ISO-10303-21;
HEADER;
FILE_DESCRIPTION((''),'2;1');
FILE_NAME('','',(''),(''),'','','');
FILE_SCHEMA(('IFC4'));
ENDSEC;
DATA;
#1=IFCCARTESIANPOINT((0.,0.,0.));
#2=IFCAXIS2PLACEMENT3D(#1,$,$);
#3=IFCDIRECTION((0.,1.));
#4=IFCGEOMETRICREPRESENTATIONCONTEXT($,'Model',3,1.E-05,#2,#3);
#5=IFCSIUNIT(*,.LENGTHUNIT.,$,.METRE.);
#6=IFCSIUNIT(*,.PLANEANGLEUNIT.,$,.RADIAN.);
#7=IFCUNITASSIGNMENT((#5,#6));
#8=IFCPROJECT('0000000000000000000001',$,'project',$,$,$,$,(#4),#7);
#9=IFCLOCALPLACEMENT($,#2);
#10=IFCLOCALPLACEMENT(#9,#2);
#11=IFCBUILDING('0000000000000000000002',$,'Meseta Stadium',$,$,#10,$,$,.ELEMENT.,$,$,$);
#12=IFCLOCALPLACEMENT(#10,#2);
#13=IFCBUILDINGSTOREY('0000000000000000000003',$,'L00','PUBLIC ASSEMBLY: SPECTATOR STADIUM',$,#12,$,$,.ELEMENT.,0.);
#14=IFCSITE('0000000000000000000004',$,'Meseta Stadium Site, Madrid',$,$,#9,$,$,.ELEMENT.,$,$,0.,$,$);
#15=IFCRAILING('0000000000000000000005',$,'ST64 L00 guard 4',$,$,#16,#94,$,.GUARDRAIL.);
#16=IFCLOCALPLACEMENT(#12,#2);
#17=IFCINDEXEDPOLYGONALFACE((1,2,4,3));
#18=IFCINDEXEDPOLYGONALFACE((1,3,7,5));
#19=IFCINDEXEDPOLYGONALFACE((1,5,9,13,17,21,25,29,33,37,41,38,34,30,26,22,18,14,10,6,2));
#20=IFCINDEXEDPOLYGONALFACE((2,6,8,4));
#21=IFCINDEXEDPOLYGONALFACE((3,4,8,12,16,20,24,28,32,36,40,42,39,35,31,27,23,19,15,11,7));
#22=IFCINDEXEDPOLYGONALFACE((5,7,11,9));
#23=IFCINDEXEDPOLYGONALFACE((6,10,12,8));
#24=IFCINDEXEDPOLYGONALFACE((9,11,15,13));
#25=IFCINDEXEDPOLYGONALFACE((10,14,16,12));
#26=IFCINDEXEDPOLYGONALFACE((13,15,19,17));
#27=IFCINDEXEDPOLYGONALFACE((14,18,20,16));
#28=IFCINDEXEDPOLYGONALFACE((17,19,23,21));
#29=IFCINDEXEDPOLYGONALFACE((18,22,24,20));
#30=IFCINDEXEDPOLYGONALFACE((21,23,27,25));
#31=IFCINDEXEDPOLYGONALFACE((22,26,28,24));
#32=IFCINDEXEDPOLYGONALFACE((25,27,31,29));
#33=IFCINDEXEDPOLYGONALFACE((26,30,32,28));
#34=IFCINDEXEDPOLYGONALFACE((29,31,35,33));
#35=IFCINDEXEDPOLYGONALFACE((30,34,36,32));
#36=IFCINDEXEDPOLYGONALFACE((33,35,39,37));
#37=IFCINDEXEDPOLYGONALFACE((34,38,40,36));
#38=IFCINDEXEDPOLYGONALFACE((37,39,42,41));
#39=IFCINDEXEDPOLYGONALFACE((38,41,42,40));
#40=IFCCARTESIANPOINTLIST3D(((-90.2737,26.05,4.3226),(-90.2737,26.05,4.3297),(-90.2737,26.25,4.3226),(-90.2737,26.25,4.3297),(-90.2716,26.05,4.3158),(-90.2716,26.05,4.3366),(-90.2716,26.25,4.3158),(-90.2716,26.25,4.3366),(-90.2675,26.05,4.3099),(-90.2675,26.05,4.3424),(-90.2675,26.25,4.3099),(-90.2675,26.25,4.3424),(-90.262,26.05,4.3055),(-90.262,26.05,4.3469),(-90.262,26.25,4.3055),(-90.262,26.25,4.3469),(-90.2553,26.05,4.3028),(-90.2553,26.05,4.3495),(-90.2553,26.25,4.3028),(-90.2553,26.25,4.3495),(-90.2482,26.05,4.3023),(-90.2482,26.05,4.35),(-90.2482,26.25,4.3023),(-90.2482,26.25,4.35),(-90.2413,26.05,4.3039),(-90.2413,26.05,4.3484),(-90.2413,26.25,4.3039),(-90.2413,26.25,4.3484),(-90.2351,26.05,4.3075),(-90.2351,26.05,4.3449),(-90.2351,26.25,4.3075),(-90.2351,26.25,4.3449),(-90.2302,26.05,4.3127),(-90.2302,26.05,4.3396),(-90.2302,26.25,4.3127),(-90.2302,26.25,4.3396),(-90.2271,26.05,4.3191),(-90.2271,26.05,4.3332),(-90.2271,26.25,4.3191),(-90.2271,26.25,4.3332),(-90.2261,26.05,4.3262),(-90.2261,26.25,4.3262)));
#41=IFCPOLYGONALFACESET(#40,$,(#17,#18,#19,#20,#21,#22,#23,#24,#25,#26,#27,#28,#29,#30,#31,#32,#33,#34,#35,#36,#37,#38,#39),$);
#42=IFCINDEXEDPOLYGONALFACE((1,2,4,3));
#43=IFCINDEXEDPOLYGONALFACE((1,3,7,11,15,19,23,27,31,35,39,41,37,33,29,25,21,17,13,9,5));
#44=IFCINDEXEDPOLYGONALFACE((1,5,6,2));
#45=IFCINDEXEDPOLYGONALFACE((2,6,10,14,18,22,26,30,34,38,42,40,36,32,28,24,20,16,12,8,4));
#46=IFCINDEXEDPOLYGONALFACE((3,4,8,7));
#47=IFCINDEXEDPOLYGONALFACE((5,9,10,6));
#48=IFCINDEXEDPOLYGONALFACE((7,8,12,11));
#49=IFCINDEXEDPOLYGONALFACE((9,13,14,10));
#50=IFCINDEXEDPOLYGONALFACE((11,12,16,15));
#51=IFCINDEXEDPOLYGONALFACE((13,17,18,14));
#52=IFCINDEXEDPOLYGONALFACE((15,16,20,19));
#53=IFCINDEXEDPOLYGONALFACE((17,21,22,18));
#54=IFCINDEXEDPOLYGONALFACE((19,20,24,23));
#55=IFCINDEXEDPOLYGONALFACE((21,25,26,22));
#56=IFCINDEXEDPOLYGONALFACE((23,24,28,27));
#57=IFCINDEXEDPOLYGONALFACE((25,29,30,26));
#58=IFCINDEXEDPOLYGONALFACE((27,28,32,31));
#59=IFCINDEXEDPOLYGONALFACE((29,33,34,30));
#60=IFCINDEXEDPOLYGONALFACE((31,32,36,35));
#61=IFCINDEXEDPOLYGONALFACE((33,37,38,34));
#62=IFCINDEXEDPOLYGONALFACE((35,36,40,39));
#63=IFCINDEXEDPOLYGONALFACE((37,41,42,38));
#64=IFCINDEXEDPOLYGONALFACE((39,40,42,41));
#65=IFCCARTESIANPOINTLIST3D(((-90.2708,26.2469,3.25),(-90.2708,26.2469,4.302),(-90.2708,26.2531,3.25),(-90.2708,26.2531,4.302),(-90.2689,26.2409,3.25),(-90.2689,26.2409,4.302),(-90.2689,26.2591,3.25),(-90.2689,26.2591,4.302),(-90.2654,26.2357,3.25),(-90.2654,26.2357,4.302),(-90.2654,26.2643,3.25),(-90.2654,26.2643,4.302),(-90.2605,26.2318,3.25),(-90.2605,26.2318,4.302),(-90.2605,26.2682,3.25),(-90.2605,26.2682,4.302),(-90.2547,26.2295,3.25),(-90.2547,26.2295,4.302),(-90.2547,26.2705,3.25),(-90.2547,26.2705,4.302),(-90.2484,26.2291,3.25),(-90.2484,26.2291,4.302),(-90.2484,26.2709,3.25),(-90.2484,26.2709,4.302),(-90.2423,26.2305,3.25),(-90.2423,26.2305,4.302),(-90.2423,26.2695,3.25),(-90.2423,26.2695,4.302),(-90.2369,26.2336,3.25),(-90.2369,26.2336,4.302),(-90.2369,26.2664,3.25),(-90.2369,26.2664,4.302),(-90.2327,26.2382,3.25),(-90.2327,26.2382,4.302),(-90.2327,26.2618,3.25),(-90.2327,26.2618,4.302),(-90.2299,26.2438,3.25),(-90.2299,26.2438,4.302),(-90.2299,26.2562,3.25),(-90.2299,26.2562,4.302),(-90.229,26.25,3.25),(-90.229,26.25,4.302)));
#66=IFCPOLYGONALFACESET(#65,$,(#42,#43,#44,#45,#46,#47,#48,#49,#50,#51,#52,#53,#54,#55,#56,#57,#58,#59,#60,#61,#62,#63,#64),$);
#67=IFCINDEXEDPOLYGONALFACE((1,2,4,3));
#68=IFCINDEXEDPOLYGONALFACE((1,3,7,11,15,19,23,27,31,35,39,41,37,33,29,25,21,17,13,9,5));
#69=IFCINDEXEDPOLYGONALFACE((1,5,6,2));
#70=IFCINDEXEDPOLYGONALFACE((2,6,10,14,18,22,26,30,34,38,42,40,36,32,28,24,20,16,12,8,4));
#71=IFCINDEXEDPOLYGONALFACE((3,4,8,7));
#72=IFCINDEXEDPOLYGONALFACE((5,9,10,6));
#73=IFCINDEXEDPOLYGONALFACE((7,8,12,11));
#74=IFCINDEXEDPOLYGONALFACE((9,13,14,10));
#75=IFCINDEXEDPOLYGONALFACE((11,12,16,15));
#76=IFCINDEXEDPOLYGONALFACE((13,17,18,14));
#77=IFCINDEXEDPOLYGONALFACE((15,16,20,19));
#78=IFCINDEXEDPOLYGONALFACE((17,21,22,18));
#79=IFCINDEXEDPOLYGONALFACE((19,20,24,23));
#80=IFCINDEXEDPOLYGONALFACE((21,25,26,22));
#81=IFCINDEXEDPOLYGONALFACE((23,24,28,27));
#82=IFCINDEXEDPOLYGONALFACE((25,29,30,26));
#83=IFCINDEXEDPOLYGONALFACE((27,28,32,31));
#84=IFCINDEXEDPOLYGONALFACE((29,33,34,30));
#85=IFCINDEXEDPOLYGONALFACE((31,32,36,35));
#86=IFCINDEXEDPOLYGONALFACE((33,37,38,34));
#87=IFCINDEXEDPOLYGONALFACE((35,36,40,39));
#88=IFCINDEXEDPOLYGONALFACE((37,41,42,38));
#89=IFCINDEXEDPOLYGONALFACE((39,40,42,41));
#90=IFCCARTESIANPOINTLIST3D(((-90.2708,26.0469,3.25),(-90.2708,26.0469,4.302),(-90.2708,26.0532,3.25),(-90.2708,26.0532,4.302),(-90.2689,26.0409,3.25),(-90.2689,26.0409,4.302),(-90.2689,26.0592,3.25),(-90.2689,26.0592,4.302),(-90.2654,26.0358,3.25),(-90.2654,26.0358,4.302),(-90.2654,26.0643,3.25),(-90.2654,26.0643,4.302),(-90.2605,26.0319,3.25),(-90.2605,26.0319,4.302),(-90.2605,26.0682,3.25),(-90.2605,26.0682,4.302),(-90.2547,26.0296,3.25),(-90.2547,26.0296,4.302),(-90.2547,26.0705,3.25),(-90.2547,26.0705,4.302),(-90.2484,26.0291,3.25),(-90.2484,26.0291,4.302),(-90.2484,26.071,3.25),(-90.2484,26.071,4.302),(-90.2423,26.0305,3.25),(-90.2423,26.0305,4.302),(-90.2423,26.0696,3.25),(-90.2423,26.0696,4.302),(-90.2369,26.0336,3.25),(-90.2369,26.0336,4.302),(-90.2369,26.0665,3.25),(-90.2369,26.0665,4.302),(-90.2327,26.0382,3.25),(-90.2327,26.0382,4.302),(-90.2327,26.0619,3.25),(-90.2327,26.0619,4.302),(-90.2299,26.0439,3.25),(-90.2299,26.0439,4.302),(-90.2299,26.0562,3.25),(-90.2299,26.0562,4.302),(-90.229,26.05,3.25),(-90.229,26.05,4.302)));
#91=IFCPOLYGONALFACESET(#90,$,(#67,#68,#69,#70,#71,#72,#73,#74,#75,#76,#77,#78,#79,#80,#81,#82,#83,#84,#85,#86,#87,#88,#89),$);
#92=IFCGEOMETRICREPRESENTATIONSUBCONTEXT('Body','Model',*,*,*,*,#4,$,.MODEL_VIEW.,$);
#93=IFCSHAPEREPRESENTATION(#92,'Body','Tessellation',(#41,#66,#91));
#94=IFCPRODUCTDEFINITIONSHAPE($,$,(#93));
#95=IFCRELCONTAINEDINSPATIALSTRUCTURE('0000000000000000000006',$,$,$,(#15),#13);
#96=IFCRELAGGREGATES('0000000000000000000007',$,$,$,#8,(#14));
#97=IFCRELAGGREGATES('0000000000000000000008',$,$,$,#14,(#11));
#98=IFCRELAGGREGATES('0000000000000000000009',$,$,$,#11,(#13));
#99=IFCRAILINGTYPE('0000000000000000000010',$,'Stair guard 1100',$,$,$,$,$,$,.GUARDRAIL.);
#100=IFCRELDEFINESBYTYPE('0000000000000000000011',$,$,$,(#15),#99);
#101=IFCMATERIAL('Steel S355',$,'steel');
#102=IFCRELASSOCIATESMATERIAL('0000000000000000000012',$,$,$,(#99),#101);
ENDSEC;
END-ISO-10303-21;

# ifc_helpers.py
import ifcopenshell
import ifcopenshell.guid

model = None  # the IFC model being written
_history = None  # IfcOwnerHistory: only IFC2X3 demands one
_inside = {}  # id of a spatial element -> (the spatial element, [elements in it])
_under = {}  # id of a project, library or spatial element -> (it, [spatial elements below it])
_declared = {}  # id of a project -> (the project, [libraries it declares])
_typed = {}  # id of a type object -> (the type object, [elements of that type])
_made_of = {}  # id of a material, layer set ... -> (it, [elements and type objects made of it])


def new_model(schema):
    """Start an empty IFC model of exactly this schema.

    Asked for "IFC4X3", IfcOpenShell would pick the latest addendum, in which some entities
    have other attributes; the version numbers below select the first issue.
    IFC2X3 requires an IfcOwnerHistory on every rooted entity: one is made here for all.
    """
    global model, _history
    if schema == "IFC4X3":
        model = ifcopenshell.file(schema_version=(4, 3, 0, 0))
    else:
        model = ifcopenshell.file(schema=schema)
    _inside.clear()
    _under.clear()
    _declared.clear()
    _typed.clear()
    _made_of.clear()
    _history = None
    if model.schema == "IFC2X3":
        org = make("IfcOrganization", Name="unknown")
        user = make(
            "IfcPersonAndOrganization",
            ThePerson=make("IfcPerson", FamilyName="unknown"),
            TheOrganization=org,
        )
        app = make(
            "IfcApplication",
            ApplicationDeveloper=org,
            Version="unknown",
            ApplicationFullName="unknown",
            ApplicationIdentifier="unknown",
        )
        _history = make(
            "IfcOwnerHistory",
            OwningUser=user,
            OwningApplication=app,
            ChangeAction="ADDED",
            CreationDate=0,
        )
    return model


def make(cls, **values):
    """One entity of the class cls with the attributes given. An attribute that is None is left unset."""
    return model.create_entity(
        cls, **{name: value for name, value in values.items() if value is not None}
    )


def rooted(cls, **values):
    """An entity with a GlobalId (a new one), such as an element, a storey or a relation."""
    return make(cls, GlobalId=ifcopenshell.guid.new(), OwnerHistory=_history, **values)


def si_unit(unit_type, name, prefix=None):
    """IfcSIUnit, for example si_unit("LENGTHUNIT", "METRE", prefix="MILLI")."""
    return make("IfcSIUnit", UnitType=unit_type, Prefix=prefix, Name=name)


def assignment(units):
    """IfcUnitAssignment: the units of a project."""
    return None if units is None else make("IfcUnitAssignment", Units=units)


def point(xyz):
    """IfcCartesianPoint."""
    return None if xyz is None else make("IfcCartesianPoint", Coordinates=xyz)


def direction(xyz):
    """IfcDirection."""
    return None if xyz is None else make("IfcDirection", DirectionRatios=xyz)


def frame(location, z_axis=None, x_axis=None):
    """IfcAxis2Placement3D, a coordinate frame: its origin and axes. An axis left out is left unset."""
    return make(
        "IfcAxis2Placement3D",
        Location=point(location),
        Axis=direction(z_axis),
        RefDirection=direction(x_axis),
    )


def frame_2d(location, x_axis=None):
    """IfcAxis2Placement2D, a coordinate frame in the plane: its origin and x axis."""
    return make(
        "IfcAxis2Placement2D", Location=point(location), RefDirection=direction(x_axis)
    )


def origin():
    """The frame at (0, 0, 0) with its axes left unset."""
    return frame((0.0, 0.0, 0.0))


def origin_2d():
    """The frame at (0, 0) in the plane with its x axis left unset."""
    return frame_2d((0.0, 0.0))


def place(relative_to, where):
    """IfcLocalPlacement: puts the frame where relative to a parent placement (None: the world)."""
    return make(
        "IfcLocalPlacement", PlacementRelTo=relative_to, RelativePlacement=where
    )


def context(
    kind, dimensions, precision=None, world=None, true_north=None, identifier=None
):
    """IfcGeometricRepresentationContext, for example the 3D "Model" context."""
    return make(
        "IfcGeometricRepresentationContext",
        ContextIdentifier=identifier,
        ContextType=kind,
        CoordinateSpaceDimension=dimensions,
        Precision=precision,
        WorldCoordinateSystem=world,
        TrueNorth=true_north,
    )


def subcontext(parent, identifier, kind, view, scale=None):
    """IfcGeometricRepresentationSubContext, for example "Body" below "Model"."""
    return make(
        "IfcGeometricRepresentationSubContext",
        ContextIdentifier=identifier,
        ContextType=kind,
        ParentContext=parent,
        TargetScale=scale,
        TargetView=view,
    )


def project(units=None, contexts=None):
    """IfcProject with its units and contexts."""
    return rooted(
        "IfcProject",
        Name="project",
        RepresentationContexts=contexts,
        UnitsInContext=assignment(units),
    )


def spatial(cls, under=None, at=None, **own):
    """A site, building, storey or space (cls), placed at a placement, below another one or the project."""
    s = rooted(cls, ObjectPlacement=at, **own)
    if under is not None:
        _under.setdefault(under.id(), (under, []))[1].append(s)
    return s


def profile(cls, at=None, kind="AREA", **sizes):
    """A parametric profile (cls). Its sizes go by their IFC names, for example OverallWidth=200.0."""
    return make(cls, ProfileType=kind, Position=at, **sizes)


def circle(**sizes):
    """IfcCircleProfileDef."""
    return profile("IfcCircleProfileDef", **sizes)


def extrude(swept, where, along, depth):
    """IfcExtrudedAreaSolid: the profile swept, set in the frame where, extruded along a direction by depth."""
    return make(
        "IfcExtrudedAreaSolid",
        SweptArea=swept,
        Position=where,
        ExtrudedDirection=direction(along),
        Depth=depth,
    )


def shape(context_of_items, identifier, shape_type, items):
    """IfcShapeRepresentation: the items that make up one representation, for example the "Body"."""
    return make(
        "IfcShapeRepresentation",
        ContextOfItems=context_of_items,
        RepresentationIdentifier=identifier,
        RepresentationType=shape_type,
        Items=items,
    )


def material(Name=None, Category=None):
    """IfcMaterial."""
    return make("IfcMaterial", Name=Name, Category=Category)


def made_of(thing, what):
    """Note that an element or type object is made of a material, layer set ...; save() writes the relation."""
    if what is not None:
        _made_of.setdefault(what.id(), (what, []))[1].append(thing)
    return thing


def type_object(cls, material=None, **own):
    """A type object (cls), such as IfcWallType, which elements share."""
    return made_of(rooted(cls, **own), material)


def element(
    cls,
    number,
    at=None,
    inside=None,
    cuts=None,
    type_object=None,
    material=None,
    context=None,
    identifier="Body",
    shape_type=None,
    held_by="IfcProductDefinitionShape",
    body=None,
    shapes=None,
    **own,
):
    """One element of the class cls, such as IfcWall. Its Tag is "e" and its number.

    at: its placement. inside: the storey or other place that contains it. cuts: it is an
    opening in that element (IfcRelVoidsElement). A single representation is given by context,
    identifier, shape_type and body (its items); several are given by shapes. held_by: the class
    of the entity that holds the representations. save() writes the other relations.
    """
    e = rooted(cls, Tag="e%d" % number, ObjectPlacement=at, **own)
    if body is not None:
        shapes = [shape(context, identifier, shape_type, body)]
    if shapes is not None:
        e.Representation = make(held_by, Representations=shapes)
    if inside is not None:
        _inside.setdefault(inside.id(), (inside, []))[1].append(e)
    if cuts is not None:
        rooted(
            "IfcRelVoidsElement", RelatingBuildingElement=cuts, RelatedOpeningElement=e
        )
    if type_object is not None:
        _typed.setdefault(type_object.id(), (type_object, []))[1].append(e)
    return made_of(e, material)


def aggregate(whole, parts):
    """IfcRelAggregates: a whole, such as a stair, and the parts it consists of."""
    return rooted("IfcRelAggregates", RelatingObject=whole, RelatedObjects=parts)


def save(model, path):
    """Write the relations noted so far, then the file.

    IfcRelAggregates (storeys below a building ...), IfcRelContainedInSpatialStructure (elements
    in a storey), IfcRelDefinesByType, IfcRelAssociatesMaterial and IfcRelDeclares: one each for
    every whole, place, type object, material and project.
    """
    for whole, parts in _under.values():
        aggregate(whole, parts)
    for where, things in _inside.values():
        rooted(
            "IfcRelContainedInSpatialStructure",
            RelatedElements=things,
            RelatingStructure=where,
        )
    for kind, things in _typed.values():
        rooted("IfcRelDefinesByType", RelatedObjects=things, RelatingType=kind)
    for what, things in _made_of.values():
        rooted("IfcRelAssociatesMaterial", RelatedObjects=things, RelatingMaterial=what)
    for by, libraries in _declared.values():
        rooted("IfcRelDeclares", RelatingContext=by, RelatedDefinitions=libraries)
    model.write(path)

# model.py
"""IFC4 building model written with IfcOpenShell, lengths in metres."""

from ifc_helpers import new_model, si_unit, direction, frame, origin, origin_2d, place, context, subcontext, project, spatial, circle, extrude, material, type_object, element, save


model = new_model("IFC4")

# Units and contexts
model_context = context("Model", 3, precision=1e-05, world=origin(), true_north=direction((0.0, 1.0)))
body_context = subcontext(model_context, "Body", "Model", "MODEL_VIEW")
ifc_project = project(units=[si_unit("LENGTHUNIT", "METRE"), si_unit("PLANEANGLEUNIT", "RADIAN")], contexts=[model_context])

# Site, building, storey
site_placement = place(None, origin())
site = spatial("IfcSite", under=ifc_project, at=site_placement, Name="Meseta Stadium Site, Madrid", CompositionType="ELEMENT", RefElevation=0.0)
building_placement = place(site_placement, origin())
building = spatial("IfcBuilding", under=site, at=building_placement, Name="Meseta Stadium", CompositionType="ELEMENT")
storey_placement = place(building_placement, origin())
storey = spatial("IfcBuildingStorey", under=building, at=storey_placement, Name="L00", Description="PUBLIC ASSEMBLY: SPECTATOR STADIUM", CompositionType="ELEMENT", Elevation=0.0)

# Railing
ifc_material_1 = material(Name="Steel S355", Category="steel")
railing_type_1 = type_object("IfcRailingType", Name="Stair guard 1100", PredefinedType="GUARDRAIL", material=ifc_material_1)
railing_1_placement = place(storey_placement, frame((-90.25, 26.25, 3.25)))
element("IfcRailing", 1, at=railing_1_placement, inside=storey, type_object=railing_type_1, Name="ST64 L00 guard 4", PredefinedType="GUARDRAIL", context=body_context, shape_type="SweptSolid", body=[
    extrude(circle(Radius=0.0239, at=origin_2d()), frame((0.0, 0.0, 1.0762), z_axis=(0.0, -1.0, 0.0), x_axis=(1.0, 0.0, 0.0)), (0.0, 0.0, 1.0), 0.2),
    extrude(circle(Radius=0.021, at=origin_2d()), origin(), (0.0, 0.0, 1.0), 1.052),
    extrude(circle(Radius=0.021, at=origin_2d()), frame((0.0, -0.2, 0.0)), (0.0, 0.0, 1.0), 1.052),
])

save(model, "model.ifc")
